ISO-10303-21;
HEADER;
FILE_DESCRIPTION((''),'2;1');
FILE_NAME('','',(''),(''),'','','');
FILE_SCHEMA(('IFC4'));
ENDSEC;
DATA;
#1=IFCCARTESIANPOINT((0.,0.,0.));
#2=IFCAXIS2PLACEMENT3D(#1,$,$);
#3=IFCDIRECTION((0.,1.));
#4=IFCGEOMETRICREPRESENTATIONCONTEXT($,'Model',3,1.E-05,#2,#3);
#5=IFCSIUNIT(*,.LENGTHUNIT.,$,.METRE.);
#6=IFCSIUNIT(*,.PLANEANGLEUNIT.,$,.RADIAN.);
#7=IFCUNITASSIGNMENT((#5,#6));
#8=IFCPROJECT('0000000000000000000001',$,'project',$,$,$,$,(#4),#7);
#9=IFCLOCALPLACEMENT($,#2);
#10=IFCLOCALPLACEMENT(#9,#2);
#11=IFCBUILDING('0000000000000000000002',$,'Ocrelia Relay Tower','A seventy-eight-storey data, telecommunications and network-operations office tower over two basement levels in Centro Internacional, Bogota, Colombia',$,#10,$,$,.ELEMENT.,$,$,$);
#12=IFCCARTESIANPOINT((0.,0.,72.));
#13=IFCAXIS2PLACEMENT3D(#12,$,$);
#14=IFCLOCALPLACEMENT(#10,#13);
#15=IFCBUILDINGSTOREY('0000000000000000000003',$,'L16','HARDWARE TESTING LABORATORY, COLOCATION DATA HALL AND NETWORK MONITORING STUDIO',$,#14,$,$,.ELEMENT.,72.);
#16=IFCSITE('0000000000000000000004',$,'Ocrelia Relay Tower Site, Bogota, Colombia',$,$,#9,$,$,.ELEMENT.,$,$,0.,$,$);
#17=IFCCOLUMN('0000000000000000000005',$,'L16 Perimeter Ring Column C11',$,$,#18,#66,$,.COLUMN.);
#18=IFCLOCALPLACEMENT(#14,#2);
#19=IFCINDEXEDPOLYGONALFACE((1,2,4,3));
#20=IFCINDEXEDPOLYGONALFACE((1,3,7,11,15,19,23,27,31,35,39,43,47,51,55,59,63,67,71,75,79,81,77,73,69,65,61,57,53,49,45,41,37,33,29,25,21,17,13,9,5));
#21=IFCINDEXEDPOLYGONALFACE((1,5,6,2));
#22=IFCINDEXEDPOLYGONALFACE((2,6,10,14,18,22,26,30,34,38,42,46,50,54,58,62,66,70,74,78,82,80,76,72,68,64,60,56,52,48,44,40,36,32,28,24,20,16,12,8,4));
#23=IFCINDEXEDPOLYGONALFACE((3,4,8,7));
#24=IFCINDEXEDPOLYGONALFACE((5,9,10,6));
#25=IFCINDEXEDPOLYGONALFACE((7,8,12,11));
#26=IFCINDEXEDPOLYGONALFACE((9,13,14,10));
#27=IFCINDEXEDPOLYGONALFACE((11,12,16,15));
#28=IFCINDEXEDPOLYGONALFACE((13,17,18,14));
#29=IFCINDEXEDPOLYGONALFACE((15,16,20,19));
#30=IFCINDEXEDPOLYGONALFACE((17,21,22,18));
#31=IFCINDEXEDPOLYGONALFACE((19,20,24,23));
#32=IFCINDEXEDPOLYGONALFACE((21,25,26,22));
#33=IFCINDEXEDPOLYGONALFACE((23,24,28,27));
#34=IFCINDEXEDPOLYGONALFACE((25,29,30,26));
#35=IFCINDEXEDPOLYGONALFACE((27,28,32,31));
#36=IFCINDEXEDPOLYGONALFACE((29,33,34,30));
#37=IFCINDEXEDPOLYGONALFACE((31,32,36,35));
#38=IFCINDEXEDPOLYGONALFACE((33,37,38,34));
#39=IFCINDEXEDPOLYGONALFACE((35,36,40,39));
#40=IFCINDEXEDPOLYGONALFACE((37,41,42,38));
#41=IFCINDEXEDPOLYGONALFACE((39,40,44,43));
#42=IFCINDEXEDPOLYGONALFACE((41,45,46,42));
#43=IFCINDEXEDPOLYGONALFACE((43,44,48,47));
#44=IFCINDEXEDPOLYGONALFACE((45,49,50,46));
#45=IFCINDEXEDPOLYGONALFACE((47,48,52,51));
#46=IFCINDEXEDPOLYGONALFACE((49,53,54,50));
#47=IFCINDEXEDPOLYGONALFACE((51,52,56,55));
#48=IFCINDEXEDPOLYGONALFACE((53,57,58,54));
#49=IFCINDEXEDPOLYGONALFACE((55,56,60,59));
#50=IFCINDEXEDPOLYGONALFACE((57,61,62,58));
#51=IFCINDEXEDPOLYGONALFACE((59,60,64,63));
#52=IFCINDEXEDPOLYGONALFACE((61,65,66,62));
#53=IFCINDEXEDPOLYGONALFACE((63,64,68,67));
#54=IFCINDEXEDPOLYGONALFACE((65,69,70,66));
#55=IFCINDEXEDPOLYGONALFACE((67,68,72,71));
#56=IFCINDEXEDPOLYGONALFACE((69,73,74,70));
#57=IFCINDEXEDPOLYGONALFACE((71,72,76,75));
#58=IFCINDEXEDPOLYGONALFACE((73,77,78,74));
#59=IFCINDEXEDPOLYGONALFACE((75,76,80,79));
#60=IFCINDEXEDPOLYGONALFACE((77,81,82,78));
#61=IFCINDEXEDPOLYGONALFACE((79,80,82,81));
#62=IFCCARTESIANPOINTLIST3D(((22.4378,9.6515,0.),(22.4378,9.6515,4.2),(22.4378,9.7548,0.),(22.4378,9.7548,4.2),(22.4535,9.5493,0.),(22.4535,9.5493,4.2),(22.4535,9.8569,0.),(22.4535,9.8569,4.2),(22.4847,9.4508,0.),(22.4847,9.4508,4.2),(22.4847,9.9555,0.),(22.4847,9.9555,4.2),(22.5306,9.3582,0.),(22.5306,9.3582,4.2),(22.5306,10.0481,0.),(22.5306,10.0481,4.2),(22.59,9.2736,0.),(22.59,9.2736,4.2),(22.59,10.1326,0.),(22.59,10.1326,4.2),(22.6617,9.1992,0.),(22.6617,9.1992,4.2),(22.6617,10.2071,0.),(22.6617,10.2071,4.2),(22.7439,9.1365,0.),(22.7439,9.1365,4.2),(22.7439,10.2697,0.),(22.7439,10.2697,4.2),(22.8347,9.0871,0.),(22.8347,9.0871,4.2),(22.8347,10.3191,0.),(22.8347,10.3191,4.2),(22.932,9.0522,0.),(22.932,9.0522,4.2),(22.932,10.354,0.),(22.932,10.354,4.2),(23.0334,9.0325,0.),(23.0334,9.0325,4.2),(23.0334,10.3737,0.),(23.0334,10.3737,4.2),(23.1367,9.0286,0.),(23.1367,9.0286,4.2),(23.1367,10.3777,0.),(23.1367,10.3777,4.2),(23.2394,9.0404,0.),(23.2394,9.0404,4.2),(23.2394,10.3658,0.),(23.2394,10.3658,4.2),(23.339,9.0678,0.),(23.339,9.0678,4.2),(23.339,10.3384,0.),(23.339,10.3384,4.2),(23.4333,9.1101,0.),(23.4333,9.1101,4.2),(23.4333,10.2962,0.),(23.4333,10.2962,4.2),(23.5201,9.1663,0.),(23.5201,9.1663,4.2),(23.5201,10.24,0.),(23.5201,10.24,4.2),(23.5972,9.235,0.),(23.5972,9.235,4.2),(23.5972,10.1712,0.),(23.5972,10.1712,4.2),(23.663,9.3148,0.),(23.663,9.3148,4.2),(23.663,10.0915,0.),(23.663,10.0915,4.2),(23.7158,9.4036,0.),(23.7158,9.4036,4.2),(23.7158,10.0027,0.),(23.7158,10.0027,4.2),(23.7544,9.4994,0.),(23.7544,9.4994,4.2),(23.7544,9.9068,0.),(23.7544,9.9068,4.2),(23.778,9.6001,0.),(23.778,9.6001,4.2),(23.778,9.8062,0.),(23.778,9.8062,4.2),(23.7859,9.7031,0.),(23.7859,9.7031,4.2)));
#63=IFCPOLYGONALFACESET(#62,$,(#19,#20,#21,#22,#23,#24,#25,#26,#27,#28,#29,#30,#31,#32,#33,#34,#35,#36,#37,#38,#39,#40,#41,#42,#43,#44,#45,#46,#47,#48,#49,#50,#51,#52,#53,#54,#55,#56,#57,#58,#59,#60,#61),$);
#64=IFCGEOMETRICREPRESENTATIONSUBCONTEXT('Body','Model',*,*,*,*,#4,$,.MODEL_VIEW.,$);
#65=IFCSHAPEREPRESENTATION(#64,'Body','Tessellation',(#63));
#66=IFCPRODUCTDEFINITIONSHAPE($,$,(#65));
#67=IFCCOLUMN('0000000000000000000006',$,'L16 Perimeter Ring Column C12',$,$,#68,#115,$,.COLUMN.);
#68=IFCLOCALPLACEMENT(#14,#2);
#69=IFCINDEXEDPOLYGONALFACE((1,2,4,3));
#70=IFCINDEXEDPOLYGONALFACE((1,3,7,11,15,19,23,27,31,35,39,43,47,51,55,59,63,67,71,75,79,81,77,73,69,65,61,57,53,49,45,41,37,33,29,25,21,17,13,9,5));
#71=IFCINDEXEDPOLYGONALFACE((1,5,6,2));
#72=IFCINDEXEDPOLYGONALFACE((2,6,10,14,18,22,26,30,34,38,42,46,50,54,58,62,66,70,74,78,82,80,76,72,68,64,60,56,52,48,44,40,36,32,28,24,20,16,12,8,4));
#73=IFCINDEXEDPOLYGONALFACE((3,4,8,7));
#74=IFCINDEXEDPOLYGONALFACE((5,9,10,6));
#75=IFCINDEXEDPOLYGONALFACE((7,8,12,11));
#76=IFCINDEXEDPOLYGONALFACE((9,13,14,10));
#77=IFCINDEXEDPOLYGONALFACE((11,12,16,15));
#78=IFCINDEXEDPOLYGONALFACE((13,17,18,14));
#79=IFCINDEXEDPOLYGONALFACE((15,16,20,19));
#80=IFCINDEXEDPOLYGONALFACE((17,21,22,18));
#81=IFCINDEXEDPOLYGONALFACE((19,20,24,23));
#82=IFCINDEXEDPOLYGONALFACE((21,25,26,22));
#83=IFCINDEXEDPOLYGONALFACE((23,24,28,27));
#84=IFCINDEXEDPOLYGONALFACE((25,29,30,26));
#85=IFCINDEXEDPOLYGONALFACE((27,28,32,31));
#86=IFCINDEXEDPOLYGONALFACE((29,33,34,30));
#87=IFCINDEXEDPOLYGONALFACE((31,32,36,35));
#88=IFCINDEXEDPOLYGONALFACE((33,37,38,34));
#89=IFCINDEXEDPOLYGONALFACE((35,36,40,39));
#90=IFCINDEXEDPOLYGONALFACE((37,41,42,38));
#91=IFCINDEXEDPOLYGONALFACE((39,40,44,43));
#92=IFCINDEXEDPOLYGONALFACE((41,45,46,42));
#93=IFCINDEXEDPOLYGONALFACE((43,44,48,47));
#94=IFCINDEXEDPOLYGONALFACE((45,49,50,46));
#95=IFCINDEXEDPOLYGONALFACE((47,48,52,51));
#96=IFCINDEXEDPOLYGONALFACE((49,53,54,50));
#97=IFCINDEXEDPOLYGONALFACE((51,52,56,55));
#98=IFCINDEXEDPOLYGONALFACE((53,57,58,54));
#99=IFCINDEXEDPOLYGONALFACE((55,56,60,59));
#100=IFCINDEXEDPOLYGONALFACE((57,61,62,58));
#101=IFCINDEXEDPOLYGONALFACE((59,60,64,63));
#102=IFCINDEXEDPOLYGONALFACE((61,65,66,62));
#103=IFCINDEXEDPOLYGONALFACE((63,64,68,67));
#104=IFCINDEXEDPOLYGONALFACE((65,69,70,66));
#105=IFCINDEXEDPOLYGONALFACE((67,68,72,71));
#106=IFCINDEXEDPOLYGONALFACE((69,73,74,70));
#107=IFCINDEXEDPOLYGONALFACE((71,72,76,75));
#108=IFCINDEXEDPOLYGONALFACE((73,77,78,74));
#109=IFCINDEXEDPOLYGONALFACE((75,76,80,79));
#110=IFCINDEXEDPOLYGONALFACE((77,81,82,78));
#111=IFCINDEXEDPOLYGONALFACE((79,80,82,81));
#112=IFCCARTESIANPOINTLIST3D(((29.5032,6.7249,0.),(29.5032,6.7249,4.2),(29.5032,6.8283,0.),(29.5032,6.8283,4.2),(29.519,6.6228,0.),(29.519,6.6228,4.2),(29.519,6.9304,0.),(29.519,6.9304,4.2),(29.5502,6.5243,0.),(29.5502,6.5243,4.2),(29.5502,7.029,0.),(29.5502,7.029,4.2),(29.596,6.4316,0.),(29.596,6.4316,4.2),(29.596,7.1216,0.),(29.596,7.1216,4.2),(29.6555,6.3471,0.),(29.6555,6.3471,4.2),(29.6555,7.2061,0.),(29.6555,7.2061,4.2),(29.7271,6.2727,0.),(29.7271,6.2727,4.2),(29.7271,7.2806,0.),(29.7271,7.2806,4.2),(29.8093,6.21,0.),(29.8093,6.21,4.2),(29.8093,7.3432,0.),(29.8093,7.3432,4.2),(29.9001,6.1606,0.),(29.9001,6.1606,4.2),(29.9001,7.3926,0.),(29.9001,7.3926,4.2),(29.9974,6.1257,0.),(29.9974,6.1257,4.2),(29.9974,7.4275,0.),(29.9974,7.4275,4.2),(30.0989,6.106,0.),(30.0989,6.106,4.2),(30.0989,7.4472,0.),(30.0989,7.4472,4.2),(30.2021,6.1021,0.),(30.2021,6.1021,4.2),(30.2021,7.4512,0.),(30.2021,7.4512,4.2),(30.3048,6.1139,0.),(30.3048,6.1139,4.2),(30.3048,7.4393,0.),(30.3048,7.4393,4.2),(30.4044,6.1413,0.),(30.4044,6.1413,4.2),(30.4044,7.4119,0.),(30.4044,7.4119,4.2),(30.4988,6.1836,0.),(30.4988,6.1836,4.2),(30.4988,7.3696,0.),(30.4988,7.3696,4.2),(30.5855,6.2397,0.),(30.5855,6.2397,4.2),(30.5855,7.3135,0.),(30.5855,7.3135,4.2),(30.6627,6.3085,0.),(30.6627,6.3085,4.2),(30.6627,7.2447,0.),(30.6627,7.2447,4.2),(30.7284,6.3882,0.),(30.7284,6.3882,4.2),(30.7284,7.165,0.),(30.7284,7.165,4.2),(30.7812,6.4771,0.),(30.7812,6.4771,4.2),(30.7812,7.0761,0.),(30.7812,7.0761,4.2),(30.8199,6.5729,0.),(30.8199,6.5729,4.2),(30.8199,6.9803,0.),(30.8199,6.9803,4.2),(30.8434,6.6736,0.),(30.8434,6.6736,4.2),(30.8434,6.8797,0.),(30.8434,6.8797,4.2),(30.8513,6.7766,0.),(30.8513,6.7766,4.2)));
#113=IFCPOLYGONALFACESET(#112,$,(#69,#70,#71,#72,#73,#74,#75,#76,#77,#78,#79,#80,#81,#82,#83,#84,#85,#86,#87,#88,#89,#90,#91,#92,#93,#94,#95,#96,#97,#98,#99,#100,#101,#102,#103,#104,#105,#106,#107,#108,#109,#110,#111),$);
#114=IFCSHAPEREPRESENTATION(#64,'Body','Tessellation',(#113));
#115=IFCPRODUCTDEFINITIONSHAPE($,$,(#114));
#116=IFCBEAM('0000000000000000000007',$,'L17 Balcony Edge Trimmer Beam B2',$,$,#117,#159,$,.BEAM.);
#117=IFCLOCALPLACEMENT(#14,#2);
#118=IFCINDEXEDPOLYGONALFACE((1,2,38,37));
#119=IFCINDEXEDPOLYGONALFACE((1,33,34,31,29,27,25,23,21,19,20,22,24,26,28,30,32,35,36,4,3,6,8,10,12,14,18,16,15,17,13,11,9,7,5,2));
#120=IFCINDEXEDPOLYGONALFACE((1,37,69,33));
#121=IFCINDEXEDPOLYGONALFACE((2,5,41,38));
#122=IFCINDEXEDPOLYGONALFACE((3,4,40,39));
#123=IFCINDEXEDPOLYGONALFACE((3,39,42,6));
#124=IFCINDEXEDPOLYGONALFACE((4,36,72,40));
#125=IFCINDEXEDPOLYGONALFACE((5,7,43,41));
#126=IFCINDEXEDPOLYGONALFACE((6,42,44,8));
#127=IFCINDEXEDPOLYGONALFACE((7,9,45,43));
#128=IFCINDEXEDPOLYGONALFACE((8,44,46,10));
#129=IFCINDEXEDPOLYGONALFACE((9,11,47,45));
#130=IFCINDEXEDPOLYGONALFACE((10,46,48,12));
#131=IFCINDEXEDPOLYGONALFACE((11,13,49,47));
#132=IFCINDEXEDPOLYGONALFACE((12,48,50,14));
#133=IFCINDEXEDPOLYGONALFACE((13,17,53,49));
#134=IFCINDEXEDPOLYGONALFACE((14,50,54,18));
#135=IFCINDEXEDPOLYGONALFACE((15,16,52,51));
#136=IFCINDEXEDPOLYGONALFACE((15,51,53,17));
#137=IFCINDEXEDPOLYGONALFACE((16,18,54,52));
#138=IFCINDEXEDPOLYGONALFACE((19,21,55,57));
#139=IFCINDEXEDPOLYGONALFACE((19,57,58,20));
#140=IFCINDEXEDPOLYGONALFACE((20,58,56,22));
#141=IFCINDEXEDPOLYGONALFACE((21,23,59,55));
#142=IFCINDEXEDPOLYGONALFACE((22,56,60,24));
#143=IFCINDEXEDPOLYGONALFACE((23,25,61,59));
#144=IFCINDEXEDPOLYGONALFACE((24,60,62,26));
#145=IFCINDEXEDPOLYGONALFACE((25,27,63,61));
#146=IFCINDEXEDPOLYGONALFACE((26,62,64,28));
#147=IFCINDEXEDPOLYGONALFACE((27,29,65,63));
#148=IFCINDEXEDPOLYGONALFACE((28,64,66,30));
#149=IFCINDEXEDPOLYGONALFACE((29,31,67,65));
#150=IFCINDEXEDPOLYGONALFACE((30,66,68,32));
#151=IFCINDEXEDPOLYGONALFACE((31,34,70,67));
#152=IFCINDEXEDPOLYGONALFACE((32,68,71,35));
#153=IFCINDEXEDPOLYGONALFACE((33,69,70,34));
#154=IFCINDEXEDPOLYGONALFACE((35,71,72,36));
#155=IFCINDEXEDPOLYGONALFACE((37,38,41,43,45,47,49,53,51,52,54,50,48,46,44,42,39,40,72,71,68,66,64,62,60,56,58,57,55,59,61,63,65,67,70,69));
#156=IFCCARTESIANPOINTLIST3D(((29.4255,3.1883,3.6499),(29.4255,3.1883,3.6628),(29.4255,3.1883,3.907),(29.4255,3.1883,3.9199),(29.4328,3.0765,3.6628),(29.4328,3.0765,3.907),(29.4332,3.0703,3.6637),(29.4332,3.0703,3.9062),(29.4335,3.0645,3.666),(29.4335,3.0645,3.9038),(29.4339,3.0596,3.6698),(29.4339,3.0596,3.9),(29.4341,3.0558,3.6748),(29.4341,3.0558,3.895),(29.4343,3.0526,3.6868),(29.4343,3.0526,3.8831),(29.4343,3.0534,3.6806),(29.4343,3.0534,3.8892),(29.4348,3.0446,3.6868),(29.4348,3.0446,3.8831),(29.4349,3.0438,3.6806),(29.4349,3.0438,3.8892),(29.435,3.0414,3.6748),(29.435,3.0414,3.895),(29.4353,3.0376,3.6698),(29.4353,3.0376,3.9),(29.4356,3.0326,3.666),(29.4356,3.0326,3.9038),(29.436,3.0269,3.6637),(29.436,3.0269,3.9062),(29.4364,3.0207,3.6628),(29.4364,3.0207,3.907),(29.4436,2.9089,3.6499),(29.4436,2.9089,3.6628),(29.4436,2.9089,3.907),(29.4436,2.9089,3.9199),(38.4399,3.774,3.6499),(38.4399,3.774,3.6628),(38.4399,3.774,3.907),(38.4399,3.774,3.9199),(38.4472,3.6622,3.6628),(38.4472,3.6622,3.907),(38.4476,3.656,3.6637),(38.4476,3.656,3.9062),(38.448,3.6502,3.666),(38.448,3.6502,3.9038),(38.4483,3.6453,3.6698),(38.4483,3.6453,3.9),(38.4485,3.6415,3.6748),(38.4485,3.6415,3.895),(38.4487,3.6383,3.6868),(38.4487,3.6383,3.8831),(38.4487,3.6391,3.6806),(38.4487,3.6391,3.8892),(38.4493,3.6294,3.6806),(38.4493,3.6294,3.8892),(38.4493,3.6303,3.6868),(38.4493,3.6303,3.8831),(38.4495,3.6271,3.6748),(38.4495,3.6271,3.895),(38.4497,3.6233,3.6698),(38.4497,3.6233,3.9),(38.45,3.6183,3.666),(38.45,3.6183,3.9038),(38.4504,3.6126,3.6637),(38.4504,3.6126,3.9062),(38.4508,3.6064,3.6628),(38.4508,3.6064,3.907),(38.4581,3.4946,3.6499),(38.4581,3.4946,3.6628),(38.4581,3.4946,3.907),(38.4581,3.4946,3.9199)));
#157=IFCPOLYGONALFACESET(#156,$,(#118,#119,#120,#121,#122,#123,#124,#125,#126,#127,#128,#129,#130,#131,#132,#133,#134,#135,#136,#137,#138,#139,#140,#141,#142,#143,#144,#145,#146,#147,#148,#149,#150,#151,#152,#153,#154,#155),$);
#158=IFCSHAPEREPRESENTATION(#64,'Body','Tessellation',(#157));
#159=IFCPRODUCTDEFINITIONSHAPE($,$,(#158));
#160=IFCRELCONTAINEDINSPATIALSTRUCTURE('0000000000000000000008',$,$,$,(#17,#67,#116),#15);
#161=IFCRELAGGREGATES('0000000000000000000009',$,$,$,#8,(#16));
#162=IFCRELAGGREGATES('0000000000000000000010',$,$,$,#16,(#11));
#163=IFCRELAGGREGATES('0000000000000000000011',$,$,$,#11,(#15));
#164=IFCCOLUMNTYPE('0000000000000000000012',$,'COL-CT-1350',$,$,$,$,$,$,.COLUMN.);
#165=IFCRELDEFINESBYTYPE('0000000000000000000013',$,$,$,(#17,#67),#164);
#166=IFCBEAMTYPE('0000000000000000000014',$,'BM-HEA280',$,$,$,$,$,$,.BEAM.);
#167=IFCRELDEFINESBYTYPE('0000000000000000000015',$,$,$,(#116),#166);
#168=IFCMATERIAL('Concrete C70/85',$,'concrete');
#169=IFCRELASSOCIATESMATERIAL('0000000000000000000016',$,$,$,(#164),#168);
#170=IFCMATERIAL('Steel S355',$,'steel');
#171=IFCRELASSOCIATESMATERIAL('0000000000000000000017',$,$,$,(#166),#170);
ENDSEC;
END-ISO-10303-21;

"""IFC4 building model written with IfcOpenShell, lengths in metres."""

from ifc_helpers import new_model, si_unit, direction, frame, origin, origin_2d, place, context, subcontext, project, spatial, circle, i_section, extrude, material, material_profile, profile_set, type_object, element, save


model = new_model("IFC4")

# Units and contexts
model_context = context("Model", 3, precision=1e-05, world=origin(), true_north=direction((0.0, 1.0)))
body_context = subcontext(model_context, "Body", "Model", "MODEL_VIEW")
ifc_project = project(units=[si_unit("LENGTHUNIT", "METRE"), si_unit("PLANEANGLEUNIT", "RADIAN")], contexts=[model_context])

# Site, building, storey
site_placement = place(None, origin())
site = spatial("IfcSite", under=ifc_project, at=site_placement, Name="Ocrelia Relay Tower Site, Bogota, Colombia", CompositionType="ELEMENT", RefElevation=0.0)
building_placement = place(site_placement, origin())
building = spatial("IfcBuilding", under=site, at=building_placement, Name="Ocrelia Relay Tower", Description="A seventy-eight-storey data, telecommunications and network-operations office tower over two basement levels in Centro Internacional, Bogota, Colombia", CompositionType="ELEMENT")
storey_placement = place(building_placement, frame((0.0, 0.0, 72.0)))
storey = spatial("IfcBuildingStorey", under=building, at=storey_placement, Name="L16", Description="HARDWARE TESTING LABORATORY, COLOCATION DATA HALL AND NETWORK MONITORING STUDIO", CompositionType="ELEMENT", Elevation=72.0)

# Columns
ifc_material_1 = material(Name="Concrete C70/85", Category="concrete")
ifc_material_profile_1 = material_profile(ifc_material_1, circle(Radius=0.675, at=origin_2d()), Name="RC-CIR-1350")
ifc_profile_set_1 = profile_set([ifc_material_profile_1], Name="Concrete C70/85")
column_type = type_object("IfcColumnType", Name="COL-CT-1350", PredefinedType="COLUMN", material=ifc_profile_set_1)
for number, where, z_axis, x_axis, name in (
    (1, (23.1108, 9.7031, 0.0), (0.0, 0.0, 1.0), (1.0, 0.0, 0.0), "L16 Perimeter Ring Column C11"),
    (2, (30.1763, 6.7766, 0.0), (0.0, 0.0, 1.0), (1.0, 0.0, 0.0), "L16 Perimeter Ring Column C12"),
):
    element("IfcColumn", number, at=place(storey_placement, frame(where, z_axis=z_axis, x_axis=x_axis)), inside=storey, type_object=column_type, Name=name, PredefinedType="COLUMN", context=body_context, shape_type="SweptSolid", body=[
        extrude(circle(Radius=0.675, at=origin_2d()), origin(), (0.0, 0.0, 1.0), 4.2),
    ])

# Beam
ifc_material_2 = material(Name="Steel S355", Category="steel")
ifc_material_profile_2 = material_profile(ifc_material_2, i_section(OverallWidth=0.28, OverallDepth=0.27, WebThickness=0.0081, FlangeThickness=0.0129, FilletRadius=0.0239, at=origin_2d()), Name="HEA 280")
ifc_profile_set_2 = profile_set([ifc_material_profile_2], Name="Steel S355")
beam_type_1 = type_object("IfcBeamType", Name="BM-HEA280", PredefinedType="BEAM", material=ifc_profile_set_2)
beam_1_placement = place(storey_placement, frame((29.4346, 3.0486, 3.7849), z_axis=(0.997896, 0.064836, 0.0), x_axis=(-0.064836, 0.997896, 0.0)))
element("IfcBeam", 3, at=beam_1_placement, inside=storey, type_object=beam_type_1, Name="L17 Balcony Edge Trimmer Beam B2", PredefinedType="BEAM", context=body_context, shape_type="SweptSolid", body=[
    extrude(i_section(OverallWidth=0.28, OverallDepth=0.27, WebThickness=0.0081, FlangeThickness=0.0129, FilletRadius=0.0239, at=origin_2d()), origin(), (0.0, 0.0, 1.0), 9.0334),
])

save(model, "model.ifc")
